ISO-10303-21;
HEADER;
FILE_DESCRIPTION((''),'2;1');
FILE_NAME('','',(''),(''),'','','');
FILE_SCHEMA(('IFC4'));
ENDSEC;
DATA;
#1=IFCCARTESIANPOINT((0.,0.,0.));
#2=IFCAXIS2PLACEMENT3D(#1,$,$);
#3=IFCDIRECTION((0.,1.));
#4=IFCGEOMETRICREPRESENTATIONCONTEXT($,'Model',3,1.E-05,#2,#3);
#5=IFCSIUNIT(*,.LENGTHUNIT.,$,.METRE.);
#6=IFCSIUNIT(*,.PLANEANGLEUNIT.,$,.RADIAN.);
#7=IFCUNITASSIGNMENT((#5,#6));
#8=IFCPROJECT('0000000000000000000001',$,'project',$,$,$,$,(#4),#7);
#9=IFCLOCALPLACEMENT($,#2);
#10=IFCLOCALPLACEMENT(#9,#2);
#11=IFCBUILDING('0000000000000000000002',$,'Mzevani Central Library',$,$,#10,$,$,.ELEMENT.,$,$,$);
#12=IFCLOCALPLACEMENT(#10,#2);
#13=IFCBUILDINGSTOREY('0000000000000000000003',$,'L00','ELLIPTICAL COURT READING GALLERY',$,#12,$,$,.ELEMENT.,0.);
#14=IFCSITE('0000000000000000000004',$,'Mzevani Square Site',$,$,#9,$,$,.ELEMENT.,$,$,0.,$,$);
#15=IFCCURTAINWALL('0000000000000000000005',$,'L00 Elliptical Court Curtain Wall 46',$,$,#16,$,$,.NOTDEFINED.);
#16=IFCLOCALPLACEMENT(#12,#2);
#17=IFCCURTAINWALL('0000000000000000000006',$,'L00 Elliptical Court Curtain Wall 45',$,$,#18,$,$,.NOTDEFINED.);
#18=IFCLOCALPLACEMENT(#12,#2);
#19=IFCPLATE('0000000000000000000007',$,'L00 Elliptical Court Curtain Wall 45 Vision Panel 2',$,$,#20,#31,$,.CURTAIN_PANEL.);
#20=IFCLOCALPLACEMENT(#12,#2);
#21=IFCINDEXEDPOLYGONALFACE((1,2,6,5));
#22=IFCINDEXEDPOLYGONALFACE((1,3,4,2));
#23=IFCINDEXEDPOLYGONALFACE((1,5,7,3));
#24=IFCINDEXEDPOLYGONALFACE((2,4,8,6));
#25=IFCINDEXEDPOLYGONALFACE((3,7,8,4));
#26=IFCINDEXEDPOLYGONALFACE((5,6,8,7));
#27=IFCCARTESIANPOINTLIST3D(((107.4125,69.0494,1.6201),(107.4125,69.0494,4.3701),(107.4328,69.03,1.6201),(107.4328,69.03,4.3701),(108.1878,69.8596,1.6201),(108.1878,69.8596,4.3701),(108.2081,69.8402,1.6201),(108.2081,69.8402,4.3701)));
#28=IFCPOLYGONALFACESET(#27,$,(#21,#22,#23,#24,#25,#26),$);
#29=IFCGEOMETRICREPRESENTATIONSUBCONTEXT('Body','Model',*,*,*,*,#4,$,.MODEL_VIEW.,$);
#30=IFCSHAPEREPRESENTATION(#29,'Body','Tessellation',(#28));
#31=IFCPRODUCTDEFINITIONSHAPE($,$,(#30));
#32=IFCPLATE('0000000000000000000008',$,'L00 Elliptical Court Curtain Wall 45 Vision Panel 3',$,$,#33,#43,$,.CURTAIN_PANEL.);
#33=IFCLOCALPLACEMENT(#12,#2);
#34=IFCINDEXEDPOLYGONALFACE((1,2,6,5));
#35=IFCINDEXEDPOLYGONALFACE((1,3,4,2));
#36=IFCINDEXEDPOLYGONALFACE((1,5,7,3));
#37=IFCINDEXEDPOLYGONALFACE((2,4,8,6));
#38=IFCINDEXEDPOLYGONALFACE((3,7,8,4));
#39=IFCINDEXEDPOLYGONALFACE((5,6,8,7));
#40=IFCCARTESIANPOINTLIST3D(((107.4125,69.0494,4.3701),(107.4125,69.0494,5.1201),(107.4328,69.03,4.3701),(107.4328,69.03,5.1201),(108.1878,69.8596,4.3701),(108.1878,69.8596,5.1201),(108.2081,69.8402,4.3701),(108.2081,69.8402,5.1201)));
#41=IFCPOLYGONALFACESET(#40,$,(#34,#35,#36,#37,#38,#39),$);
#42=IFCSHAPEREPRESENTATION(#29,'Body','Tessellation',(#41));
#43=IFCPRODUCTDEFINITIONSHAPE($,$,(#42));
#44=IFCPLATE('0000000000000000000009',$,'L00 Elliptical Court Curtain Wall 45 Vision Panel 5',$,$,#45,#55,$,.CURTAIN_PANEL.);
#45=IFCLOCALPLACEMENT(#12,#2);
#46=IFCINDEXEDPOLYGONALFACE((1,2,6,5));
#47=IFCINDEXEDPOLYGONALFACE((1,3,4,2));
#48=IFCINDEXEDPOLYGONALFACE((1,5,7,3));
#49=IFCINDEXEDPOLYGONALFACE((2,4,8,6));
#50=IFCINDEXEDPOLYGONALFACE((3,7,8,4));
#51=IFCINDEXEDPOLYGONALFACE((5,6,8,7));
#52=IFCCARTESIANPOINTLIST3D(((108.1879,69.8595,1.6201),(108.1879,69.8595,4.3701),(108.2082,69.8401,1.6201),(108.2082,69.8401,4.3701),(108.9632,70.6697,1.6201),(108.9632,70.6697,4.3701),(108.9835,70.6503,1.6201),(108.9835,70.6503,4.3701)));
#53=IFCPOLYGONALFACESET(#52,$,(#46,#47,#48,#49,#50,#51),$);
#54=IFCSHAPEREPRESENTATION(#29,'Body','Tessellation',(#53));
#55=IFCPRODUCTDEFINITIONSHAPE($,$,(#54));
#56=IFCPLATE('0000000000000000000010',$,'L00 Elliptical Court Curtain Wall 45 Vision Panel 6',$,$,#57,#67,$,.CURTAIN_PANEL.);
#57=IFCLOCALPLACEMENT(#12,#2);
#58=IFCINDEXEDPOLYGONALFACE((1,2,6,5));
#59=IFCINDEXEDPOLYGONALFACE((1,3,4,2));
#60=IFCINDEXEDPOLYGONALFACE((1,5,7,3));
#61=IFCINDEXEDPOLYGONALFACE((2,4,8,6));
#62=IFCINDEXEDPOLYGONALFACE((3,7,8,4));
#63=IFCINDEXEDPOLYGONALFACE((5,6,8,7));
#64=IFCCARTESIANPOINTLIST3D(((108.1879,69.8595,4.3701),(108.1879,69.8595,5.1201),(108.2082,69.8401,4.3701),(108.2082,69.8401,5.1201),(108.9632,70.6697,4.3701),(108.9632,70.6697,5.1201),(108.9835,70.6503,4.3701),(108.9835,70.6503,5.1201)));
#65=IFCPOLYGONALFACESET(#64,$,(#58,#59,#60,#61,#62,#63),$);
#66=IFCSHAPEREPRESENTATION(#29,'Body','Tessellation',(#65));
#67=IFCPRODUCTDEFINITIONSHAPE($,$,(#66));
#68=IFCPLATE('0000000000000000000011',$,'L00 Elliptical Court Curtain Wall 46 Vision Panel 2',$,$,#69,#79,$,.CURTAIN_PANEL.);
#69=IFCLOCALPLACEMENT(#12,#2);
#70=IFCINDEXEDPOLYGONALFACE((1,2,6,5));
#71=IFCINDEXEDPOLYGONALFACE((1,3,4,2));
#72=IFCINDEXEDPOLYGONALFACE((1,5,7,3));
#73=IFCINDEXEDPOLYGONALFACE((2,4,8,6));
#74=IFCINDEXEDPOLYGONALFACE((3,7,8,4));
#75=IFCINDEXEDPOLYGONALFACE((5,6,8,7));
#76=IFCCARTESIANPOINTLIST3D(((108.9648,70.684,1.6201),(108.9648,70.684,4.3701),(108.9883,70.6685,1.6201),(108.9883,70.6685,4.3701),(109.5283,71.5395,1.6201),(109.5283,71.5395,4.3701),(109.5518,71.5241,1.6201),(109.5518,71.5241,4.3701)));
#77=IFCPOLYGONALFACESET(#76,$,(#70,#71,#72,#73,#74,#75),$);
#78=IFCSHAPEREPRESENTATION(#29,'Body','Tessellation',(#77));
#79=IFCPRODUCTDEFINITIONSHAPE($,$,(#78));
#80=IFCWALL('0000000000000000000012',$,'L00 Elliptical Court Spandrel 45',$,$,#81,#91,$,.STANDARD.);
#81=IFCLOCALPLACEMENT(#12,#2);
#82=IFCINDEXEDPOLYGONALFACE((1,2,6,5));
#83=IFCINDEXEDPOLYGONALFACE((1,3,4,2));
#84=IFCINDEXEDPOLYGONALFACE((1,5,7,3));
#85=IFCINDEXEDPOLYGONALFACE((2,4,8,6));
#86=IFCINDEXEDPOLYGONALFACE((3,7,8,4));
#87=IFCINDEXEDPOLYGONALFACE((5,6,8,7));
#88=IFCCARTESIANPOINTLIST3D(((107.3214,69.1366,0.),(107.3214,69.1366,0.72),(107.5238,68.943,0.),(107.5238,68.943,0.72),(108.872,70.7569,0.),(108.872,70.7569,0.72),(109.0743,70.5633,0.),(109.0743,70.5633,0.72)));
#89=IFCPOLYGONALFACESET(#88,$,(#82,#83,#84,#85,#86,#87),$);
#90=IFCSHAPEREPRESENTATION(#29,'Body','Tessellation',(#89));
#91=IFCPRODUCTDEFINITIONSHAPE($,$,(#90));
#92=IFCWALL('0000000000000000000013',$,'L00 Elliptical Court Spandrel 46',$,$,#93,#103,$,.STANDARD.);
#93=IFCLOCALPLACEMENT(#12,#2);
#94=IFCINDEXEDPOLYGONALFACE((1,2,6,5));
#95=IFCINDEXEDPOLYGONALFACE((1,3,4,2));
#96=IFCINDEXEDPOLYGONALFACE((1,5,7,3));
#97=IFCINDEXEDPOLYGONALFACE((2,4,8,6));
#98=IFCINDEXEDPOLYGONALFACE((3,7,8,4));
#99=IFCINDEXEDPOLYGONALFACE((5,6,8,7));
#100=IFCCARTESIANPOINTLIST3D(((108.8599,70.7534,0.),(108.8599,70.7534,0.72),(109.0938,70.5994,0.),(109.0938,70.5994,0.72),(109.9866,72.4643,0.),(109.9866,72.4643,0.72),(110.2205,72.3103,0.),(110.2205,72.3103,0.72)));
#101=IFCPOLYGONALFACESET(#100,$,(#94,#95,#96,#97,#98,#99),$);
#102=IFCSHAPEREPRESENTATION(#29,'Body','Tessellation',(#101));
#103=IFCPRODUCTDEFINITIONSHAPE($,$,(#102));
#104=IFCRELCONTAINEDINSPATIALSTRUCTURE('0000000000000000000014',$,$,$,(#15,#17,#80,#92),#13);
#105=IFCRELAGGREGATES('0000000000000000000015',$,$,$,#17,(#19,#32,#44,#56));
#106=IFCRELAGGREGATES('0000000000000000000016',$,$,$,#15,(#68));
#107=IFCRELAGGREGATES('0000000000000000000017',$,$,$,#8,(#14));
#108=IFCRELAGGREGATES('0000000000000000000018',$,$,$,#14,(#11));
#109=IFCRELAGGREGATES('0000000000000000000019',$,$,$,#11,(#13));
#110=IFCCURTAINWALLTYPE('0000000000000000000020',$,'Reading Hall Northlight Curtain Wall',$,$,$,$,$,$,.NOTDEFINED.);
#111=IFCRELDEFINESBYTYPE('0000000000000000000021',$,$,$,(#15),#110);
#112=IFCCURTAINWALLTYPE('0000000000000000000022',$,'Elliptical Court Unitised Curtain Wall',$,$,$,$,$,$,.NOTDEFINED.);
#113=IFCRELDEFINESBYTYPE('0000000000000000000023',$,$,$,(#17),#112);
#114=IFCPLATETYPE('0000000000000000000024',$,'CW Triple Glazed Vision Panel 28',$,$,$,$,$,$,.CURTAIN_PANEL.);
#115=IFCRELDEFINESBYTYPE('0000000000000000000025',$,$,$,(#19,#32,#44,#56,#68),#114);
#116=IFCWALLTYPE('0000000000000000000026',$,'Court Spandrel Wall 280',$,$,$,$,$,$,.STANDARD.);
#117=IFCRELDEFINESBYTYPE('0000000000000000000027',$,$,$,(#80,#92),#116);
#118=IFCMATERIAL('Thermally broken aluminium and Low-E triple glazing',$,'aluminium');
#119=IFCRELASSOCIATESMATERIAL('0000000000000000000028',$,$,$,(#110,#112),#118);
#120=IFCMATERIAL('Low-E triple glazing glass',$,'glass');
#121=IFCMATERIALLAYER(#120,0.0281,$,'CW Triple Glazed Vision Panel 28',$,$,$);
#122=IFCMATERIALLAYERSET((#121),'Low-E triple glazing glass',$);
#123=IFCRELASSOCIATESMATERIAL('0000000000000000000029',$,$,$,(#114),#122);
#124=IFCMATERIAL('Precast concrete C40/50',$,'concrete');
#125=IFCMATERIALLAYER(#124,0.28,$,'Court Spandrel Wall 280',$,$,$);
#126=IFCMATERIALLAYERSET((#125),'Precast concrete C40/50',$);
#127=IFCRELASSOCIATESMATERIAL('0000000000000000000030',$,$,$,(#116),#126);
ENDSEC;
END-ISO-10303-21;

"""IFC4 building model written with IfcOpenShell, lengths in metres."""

from ifc_helpers import new_model, si_unit, direction, frame, frame_2d, origin, origin_2d, place, context, subcontext, project, spatial, rectangle, extrude, material, layer, layer_set, type_object, element, aggregate, save


model = new_model("IFC4")

# Units and contexts
model_context = context("Model", 3, precision=1e-05, world=origin(), true_north=direction((0.0, 1.0)))
body_context = subcontext(model_context, "Body", "Model", "MODEL_VIEW")
ifc_project = project(units=[si_unit("LENGTHUNIT", "METRE"), si_unit("PLANEANGLEUNIT", "RADIAN")], contexts=[model_context])

# Site, building, storey
site_placement = place(None, origin())
site = spatial("IfcSite", under=ifc_project, at=site_placement, Name="Mzevani Square Site", CompositionType="ELEMENT", RefElevation=0.0)
building_placement = place(site_placement, origin())
building = spatial("IfcBuilding", under=site, at=building_placement, Name="Mzevani Central Library", CompositionType="ELEMENT")
storey_placement = place(building_placement, origin())
storey = spatial("IfcBuildingStorey", under=building, at=storey_placement, Name="L00", Description="ELLIPTICAL COURT READING GALLERY", CompositionType="ELEMENT", Elevation=0.0)

# Curtain wall
ifc_material_1 = material(Name="Thermally broken aluminium and Low-E triple glazing", Category="aluminium")
curtain_wall_type_1 = type_object("IfcCurtainWallType", Name="Reading Hall Northlight Curtain Wall", PredefinedType="NOTDEFINED", material=ifc_material_1)
curtain_wall_1_placement = place(storey_placement, origin())
curtain_wall_1 = element("IfcCurtainWall", 1, at=curtain_wall_1_placement, inside=storey, type_object=curtain_wall_type_1, Name="L00 Elliptical Court Curtain Wall 46", PredefinedType="NOTDEFINED")
curtain_wall_type_2 = type_object("IfcCurtainWallType", Name="Elliptical Court Unitised Curtain Wall", PredefinedType="NOTDEFINED", material=ifc_material_1)

# Curtain wall
curtain_wall_2_placement = place(storey_placement, origin())
curtain_wall_2 = element("IfcCurtainWall", 2, at=curtain_wall_2_placement, inside=storey, type_object=curtain_wall_type_2, Name="L00 Elliptical Court Curtain Wall 45", PredefinedType="NOTDEFINED")

# Plates
ifc_material_2 = material(Name="Low-E triple glazing glass", Category="glass")
ifc_layer_1 = layer(ifc_material_2, 0.0281, Name="CW Triple Glazed Vision Panel 28")
ifc_layer_set_1 = layer_set([ifc_layer_1], Name="Low-E triple glazing glass")
plate_type_1 = type_object("IfcPlateType", Name="CW Triple Glazed Vision Panel 28", PredefinedType="CURTAIN_PANEL", material=ifc_layer_set_1)
plate_1_placement = place(storey_placement, frame((107.8103, 69.4448, 1.6201), z_axis=(0.0, 0.0, 1.0), x_axis=(0.691352, 0.722518, 0.0)))
plate_1 = element("IfcPlate", 3, at=plate_1_placement, type_object=plate_type_1, Name="L00 Elliptical Court Curtain Wall 45 Vision Panel 2", PredefinedType="CURTAIN_PANEL", context=body_context, shape_type="SweptSolid", body=[
    extrude(rectangle(XDim=1.1213, YDim=0.0281, at=origin_2d()), origin(), (0.0, 0.0, 1.0), 2.75),
])
plate_2_placement = place(storey_placement, frame((107.8103, 69.4448, 4.3701), z_axis=(0.0, 0.0, 1.0), x_axis=(0.691352, 0.722518, 0.0)))
plate_2 = element("IfcPlate", 4, at=plate_2_placement, type_object=plate_type_1, Name="L00 Elliptical Court Curtain Wall 45 Vision Panel 3", PredefinedType="CURTAIN_PANEL", context=body_context, shape_type="SweptSolid", body=[
    extrude(rectangle(XDim=1.1213, YDim=0.0281, at=origin_2d()), origin(), (0.0, 0.0, 1.0), 0.75),
])
plate_3_placement = place(storey_placement, frame((108.5857, 70.2549, 1.6201), z_axis=(0.0, 0.0, 1.0), x_axis=(0.691352, 0.722518, 0.0)))
plate_3 = element("IfcPlate", 5, at=plate_3_placement, type_object=plate_type_1, Name="L00 Elliptical Court Curtain Wall 45 Vision Panel 5", PredefinedType="CURTAIN_PANEL", context=body_context, shape_type="SweptSolid", body=[
    extrude(rectangle(XDim=1.1213, YDim=0.0281, at=origin_2d()), origin(), (0.0, 0.0, 1.0), 2.75),
])
plate_4_placement = place(storey_placement, frame((108.5857, 70.2549, 4.3701), z_axis=(0.0, 0.0, 1.0), x_axis=(0.691352, 0.722518, 0.0)))
plate_4 = element("IfcPlate", 6, at=plate_4_placement, type_object=plate_type_1, Name="L00 Elliptical Court Curtain Wall 45 Vision Panel 6", PredefinedType="CURTAIN_PANEL", context=body_context, shape_type="SweptSolid", body=[
    extrude(rectangle(XDim=1.1213, YDim=0.0281, at=origin_2d()), origin(), (0.0, 0.0, 1.0), 0.75),
])
aggregate(curtain_wall_2, [plate_1, plate_2, plate_3, plate_4])
plate_5_placement = place(storey_placement, frame((109.2583, 71.104, 1.6201), z_axis=(0.0, 0.0, 1.0), x_axis=(0.550028, 0.835147, 0.0)))
plate_5 = element("IfcPlate", 7, at=plate_5_placement, type_object=plate_type_1, Name="L00 Elliptical Court Curtain Wall 46 Vision Panel 2", PredefinedType="CURTAIN_PANEL", context=body_context, shape_type="SweptSolid", body=[
    extrude(rectangle(XDim=1.0244, YDim=0.0281, at=origin_2d()), origin(), (0.0, 0.0, 1.0), 2.75),
])
aggregate(curtain_wall_1, [plate_5])

# Walls
ifc_material_3 = material(Name="Precast concrete C40/50", Category="concrete")
ifc_layer_2 = layer(ifc_material_3, 0.28, Name="Court Spandrel Wall 280")
ifc_layer_set_2 = layer_set([ifc_layer_2], Name="Precast concrete C40/50")
wall_type = type_object("IfcWallType", Name="Court Spandrel Wall 280", PredefinedType="STANDARD", material=ifc_layer_set_2)
wall_1_placement = place(storey_placement, frame((107.4226, 69.0398, 0.0), z_axis=(0.0, 0.0, 1.0), x_axis=(0.691368, 0.722502, 0.0)))
element("IfcWall", 8, at=wall_1_placement, inside=storey, type_object=wall_type, Name="L00 Elliptical Court Spandrel 45", PredefinedType="STANDARD", context=body_context, shape_type="SweptSolid", body=[
    extrude(rectangle(XDim=2.2427, YDim=0.28, at=frame_2d((1.1213, 0.0))), origin(), (0.0, 0.0, 1.0), 0.72),
])
wall_2_placement = place(storey_placement, frame((108.9768, 70.6763, 0.0), z_axis=(0.0, 0.0, 1.0), x_axis=(0.549989, 0.835172, 0.0)))
element("IfcWall", 9, at=wall_2_placement, inside=storey, type_object=wall_type, Name="L00 Elliptical Court Spandrel 46", PredefinedType="STANDARD", context=body_context, shape_type="SweptSolid", body=[
    extrude(rectangle(XDim=2.0486, YDim=0.28, at=frame_2d((1.0244, 0.0))), origin(), (0.0, 0.0, 1.0), 0.72),
])

save(model, "model.ifc")
